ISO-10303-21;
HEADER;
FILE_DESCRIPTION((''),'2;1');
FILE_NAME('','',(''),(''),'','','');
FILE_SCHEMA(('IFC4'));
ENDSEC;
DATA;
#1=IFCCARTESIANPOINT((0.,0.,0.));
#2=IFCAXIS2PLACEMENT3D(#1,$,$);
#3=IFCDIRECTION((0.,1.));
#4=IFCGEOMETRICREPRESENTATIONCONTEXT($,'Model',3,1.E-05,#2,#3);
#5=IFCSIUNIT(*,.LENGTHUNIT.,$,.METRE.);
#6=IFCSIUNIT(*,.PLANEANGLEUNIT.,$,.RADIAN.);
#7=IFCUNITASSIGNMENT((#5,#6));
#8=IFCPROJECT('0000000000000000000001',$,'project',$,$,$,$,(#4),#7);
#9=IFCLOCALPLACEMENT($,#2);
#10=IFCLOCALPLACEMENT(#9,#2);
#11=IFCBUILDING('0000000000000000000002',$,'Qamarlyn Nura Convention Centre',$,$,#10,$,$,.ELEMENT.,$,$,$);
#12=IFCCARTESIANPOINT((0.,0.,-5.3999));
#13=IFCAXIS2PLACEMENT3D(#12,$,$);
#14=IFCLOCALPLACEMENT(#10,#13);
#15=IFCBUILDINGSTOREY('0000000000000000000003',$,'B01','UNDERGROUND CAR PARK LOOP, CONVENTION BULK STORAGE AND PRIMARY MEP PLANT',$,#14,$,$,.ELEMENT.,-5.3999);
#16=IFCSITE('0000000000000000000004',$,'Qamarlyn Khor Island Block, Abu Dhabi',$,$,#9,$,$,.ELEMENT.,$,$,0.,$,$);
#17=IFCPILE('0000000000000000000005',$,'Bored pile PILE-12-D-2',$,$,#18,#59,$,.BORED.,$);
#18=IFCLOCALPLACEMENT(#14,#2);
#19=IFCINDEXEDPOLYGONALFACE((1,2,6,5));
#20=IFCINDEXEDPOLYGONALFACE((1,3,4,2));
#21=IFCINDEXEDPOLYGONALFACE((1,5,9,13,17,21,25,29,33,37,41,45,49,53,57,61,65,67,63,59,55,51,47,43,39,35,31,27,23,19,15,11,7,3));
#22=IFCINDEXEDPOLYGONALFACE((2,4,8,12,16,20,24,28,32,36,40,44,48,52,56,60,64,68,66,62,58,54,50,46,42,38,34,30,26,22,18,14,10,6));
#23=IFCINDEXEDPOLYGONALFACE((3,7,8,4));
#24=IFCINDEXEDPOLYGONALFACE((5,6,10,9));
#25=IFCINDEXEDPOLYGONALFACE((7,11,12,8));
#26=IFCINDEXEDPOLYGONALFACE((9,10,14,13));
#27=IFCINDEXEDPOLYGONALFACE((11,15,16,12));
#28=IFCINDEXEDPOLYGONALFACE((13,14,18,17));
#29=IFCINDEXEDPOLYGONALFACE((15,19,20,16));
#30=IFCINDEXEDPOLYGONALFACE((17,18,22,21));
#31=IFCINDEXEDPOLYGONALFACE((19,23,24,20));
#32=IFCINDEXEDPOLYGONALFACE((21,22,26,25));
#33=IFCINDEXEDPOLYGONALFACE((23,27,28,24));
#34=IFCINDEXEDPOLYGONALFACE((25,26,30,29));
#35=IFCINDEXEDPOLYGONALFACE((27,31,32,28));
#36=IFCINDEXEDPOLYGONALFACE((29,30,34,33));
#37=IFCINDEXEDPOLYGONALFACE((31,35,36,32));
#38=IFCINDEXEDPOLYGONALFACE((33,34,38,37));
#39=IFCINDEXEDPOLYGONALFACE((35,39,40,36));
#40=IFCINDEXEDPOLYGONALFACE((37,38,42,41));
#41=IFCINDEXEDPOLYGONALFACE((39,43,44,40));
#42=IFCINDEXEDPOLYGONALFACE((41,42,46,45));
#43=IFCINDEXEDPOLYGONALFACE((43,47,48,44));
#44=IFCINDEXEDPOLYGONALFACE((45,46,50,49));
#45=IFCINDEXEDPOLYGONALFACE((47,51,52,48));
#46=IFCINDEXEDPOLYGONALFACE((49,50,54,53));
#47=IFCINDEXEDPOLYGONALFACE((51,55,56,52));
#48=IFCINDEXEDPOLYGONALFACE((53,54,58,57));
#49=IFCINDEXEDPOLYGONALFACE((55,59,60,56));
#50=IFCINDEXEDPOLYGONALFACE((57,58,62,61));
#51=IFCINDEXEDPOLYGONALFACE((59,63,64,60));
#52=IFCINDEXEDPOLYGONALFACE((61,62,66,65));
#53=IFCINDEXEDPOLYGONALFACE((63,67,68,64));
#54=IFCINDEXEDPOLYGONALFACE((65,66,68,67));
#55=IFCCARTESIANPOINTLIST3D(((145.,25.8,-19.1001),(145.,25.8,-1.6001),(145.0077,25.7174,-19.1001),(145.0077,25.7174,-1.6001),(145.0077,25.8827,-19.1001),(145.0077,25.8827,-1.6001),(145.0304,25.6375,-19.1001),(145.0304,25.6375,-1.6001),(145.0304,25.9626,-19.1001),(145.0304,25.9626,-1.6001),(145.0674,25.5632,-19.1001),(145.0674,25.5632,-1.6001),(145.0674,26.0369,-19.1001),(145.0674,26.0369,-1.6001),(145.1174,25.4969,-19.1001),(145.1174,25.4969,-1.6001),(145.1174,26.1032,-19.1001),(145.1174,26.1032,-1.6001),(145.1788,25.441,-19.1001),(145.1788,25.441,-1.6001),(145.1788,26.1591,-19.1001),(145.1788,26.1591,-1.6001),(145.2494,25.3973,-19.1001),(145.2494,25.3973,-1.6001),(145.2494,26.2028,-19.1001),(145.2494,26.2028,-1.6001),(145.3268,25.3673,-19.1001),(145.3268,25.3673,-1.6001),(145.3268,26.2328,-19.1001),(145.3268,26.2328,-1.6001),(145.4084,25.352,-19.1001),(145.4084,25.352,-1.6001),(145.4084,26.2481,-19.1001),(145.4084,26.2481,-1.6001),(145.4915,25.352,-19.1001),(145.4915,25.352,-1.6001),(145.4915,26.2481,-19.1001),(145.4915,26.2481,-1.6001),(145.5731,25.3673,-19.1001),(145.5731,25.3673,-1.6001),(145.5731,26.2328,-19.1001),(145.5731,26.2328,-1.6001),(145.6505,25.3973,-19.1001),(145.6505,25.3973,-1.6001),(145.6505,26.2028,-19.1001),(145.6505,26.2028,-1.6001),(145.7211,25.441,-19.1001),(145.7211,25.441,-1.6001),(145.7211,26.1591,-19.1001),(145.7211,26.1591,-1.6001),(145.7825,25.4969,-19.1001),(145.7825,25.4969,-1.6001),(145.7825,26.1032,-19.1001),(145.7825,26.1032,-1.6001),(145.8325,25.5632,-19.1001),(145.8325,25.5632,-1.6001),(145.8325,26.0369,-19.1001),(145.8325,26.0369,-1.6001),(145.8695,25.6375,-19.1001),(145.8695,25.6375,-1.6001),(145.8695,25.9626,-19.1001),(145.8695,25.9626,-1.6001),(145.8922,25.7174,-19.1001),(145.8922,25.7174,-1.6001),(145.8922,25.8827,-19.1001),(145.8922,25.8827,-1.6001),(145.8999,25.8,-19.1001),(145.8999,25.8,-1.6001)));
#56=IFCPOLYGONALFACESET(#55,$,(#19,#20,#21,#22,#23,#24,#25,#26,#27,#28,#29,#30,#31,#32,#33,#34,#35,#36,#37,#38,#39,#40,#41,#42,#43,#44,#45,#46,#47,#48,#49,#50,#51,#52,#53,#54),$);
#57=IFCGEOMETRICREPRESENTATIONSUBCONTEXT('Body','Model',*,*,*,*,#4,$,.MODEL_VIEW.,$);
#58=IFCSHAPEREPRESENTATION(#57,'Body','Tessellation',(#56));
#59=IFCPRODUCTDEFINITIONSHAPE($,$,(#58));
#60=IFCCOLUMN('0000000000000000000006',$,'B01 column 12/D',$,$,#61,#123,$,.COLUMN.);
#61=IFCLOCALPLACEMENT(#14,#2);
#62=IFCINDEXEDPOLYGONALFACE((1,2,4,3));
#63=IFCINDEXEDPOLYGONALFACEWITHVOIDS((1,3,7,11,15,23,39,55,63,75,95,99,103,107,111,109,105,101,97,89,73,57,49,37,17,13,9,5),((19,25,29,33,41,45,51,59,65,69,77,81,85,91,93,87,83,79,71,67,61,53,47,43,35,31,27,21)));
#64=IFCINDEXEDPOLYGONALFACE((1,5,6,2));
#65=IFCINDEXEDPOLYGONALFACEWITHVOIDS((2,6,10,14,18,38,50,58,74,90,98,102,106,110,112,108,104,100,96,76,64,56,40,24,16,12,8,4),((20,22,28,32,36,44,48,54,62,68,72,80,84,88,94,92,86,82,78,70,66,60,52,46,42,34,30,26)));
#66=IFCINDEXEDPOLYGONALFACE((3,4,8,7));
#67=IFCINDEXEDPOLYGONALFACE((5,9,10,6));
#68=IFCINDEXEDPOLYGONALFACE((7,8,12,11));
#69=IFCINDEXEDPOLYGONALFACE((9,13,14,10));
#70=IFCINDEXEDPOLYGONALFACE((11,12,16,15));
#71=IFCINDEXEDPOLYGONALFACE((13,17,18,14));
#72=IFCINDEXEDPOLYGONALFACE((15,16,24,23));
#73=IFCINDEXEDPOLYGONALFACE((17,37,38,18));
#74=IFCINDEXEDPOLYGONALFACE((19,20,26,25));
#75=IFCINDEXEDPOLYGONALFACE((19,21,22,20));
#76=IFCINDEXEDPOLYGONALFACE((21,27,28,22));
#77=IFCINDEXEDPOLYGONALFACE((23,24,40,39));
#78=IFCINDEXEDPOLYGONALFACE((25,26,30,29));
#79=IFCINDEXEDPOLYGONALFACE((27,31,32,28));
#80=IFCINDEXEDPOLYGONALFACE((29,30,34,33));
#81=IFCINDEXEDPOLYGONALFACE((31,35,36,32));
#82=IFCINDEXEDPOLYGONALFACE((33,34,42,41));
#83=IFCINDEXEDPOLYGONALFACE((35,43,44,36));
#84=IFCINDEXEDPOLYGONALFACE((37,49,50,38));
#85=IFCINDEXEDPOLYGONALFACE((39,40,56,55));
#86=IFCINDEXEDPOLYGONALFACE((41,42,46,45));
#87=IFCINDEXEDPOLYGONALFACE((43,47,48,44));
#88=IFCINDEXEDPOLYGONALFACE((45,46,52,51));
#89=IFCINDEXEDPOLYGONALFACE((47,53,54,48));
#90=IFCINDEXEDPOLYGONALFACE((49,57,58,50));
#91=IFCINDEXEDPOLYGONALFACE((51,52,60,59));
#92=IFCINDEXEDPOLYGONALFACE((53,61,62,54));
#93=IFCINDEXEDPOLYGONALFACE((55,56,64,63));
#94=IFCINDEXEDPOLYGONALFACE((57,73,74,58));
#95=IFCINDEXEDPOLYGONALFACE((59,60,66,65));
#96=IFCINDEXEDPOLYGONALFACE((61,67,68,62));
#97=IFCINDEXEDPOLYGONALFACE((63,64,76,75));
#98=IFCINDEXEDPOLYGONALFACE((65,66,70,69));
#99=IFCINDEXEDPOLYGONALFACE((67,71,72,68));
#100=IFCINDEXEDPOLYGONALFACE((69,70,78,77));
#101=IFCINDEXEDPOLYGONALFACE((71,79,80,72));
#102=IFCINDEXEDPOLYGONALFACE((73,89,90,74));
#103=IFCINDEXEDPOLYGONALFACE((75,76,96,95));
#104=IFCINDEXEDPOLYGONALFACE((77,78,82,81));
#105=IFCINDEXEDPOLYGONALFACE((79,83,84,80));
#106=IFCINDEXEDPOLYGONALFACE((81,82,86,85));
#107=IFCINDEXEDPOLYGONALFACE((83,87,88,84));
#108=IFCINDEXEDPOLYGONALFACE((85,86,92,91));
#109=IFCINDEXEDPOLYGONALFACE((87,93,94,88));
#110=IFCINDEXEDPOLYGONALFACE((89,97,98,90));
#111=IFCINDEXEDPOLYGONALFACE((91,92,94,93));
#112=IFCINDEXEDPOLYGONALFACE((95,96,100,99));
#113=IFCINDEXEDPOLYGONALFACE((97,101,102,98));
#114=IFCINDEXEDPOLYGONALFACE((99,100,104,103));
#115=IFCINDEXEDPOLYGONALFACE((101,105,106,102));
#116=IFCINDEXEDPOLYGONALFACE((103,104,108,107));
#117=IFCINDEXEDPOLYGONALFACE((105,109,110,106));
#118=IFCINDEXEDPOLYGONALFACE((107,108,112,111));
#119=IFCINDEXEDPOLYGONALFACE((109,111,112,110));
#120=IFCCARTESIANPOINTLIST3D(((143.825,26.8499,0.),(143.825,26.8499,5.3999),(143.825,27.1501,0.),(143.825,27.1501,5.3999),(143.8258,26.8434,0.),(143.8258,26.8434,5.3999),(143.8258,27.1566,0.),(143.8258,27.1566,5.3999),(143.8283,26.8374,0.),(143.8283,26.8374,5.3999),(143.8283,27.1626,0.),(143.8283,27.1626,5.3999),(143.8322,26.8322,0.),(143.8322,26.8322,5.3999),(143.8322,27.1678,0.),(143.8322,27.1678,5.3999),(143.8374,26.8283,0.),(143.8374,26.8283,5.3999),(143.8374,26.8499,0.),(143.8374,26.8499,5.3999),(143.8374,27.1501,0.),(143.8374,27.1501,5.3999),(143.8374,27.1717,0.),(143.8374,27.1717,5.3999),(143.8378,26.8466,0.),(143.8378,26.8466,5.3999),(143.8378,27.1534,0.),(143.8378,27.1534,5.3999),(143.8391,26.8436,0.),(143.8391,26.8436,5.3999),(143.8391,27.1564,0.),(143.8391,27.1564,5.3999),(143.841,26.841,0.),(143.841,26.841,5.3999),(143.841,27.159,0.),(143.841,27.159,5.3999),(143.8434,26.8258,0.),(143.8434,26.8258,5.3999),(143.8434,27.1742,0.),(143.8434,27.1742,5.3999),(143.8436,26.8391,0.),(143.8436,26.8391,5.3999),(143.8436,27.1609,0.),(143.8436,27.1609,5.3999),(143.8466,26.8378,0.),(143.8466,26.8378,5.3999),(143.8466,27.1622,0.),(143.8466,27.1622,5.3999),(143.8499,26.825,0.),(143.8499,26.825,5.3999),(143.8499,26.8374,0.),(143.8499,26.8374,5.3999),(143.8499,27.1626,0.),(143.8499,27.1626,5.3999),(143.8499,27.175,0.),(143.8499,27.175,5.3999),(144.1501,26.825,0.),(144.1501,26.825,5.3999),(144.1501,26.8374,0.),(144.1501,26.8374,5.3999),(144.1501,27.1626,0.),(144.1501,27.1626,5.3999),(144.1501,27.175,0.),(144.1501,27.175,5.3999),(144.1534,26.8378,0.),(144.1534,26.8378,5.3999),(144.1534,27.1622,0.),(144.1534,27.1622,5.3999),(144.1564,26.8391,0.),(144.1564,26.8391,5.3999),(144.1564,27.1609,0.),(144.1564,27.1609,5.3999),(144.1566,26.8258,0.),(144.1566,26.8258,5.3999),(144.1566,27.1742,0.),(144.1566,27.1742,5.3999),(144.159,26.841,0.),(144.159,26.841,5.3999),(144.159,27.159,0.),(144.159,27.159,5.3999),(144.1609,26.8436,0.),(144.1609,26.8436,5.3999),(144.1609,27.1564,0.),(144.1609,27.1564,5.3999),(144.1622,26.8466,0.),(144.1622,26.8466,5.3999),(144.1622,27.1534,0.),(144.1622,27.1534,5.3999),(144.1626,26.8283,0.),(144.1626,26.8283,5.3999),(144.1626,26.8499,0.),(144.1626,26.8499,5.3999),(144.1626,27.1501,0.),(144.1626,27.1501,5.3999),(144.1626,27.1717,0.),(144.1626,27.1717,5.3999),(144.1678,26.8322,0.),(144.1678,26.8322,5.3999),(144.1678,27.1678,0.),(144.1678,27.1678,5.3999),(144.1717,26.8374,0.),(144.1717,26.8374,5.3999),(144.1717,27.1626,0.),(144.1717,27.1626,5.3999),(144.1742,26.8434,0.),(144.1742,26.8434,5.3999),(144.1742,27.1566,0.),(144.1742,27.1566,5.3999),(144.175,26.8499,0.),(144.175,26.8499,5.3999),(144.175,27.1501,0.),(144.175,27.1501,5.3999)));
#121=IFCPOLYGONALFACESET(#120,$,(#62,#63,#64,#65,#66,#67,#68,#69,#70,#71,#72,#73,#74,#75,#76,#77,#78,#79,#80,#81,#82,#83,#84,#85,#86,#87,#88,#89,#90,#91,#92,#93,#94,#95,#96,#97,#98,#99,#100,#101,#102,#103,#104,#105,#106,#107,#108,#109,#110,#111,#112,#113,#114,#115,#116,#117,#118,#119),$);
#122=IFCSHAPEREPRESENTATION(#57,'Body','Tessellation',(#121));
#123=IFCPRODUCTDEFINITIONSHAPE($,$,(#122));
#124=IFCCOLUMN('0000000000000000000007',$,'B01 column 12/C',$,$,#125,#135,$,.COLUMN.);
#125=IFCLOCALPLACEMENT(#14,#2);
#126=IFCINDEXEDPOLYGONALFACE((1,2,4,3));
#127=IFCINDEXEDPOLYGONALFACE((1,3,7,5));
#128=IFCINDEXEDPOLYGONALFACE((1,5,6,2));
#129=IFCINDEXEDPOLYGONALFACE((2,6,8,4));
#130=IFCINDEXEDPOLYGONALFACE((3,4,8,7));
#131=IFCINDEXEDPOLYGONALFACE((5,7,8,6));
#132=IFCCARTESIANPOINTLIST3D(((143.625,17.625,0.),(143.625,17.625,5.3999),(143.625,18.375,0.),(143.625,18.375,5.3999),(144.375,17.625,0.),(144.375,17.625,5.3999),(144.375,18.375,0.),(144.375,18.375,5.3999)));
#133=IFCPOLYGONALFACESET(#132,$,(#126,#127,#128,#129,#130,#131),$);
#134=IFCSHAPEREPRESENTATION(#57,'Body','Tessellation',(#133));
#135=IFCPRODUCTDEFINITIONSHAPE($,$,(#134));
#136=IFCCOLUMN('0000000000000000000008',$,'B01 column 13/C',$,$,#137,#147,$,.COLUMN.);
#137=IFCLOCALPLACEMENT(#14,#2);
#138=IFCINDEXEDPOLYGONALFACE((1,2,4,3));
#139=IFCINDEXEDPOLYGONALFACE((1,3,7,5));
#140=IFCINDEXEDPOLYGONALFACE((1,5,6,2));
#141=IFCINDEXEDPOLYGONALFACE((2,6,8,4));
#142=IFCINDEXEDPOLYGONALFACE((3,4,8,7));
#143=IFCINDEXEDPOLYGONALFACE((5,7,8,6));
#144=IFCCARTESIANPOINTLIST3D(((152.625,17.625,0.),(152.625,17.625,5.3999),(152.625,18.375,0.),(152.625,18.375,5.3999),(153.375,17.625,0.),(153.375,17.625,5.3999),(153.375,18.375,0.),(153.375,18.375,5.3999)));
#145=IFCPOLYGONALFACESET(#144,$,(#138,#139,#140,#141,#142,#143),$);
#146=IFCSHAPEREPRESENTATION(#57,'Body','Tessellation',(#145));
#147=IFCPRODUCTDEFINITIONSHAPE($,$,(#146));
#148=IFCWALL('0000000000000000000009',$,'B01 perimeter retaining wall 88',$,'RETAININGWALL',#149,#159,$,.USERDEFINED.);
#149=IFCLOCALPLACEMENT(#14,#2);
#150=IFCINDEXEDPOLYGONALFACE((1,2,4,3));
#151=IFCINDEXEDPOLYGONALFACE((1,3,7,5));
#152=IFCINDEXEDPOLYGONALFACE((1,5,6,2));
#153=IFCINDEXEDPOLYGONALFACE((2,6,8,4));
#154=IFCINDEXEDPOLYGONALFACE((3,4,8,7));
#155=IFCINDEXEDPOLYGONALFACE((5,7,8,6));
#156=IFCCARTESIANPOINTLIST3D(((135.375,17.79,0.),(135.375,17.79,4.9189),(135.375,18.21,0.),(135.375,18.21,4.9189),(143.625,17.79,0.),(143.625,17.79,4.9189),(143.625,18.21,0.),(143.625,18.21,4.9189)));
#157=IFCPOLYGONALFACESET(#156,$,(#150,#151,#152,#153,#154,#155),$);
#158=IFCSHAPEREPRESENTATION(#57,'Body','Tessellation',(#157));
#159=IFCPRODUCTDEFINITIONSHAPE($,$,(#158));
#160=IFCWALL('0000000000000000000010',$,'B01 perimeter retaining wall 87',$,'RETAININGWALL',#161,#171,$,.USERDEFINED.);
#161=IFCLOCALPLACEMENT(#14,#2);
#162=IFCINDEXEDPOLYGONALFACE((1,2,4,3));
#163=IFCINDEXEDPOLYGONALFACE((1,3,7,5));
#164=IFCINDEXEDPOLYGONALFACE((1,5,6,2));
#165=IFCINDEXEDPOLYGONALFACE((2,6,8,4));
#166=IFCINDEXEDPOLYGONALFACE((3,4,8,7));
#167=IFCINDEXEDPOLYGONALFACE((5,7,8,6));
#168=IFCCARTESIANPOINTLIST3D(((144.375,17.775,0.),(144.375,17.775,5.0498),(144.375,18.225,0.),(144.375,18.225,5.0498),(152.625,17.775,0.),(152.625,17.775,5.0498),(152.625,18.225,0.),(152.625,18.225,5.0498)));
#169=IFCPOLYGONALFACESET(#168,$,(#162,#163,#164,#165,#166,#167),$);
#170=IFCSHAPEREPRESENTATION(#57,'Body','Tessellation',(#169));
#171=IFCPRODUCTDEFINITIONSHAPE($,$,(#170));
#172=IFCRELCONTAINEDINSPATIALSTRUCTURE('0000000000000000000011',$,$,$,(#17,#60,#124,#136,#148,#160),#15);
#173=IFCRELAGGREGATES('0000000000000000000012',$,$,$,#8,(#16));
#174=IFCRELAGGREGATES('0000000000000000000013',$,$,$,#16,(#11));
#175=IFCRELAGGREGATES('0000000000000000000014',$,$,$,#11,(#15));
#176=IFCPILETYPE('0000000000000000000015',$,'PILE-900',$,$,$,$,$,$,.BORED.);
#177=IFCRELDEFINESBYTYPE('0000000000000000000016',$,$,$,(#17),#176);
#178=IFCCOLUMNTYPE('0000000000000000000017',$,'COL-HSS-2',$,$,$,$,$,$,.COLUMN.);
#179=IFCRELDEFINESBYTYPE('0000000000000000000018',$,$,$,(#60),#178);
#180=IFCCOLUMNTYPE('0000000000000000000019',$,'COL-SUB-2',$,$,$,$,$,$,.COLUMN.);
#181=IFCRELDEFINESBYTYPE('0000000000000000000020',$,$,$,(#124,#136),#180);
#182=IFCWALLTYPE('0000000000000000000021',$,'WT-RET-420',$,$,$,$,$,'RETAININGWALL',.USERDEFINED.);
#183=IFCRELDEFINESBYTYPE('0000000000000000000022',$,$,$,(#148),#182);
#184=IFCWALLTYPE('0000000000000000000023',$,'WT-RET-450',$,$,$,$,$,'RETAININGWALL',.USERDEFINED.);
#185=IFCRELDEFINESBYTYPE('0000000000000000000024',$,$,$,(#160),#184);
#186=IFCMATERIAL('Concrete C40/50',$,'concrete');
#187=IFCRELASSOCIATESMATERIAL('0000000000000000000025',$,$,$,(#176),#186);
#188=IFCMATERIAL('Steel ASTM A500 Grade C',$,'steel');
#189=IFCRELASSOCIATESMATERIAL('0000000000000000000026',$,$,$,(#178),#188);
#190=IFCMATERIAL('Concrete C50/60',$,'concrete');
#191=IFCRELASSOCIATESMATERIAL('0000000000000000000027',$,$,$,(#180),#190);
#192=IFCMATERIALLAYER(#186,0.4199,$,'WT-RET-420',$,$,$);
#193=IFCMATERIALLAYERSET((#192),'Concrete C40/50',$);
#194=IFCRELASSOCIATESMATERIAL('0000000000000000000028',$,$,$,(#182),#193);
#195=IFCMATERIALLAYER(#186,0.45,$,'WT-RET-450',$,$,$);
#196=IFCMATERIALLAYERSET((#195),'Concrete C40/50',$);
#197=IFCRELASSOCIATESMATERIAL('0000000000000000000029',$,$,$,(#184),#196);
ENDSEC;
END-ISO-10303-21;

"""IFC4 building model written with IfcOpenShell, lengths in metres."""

from ifc_helpers import new_model, si_unit, direction, frame, frame_2d, origin, origin_2d, place, context, subcontext, project, spatial, rectangle, hollow_rectangle, circle, extrude, material, layer, layer_set, material_profile, profile_set, type_object, element, save


model = new_model("IFC4")

# Units and contexts
model_context = context("Model", 3, precision=1e-05, world=origin(), true_north=direction((0.0, 1.0)))
body_context = subcontext(model_context, "Body", "Model", "MODEL_VIEW")
ifc_project = project(units=[si_unit("LENGTHUNIT", "METRE"), si_unit("PLANEANGLEUNIT", "RADIAN")], contexts=[model_context])

# Site, building, storey
site_placement = place(None, origin())
site = spatial("IfcSite", under=ifc_project, at=site_placement, Name="Qamarlyn Khor Island Block, Abu Dhabi", CompositionType="ELEMENT", RefElevation=0.0)
building_placement = place(site_placement, origin())
building = spatial("IfcBuilding", under=site, at=building_placement, Name="Qamarlyn Nura Convention Centre", CompositionType="ELEMENT")
storey_placement = place(building_placement, frame((0.0, 0.0, -5.3999)))
storey = spatial("IfcBuildingStorey", under=building, at=storey_placement, Name="B01", Description="UNDERGROUND CAR PARK LOOP, CONVENTION BULK STORAGE AND PRIMARY MEP PLANT", CompositionType="ELEMENT", Elevation=-5.3999)

# Shared definitions
ifc_material_1 = material(Name="Concrete C40/50", Category="concrete")

# Pile
ifc_material_profile_1 = material_profile(ifc_material_1, circle(Radius=0.45, at=origin_2d()), Name="BORED PILE 900")
ifc_profile_set_1 = profile_set([ifc_material_profile_1], Name="Concrete C40/50")
pile_type_1 = type_object("IfcPileType", Name="PILE-900", PredefinedType="BORED", material=ifc_profile_set_1)
for number, where, z_axis, x_axis, name in (
    (1, (145.45, 25.8, -1.6001), (0.0, 0.0, -1.0), (1.0, 0.0, 0.0), "Bored pile PILE-12-D-2"),
):
    element("IfcPile", number, at=place(storey_placement, frame(where, z_axis=z_axis, x_axis=x_axis)), inside=storey, type_object=pile_type_1, Name=name, PredefinedType="BORED", context=body_context, shape_type="SweptSolid", body=[
        extrude(circle(Radius=0.45, at=origin_2d()), origin(), (0.0, 0.0, 1.0), 17.5),
    ])

# Columns
ifc_material_2 = material(Name="Steel ASTM A500 Grade C", Category="steel")
ifc_material_profile_2 = material_profile(ifc_material_2, hollow_rectangle(XDim=0.3501, YDim=0.3501, WallThickness=0.0125, InnerFilletRadius=0.0125, OuterFilletRadius=0.0249, at=origin_2d()), Name="HSS350X350X12.5")
ifc_profile_set_2 = profile_set([ifc_material_profile_2], Name="Steel ASTM A500 Grade C")
column_type_1 = type_object("IfcColumnType", Name="COL-HSS-2", PredefinedType="COLUMN", material=ifc_profile_set_2)
column_placement = place(storey_placement, frame((144.0, 27.0, 0.0), z_axis=(0.0, 0.0, 1.0), x_axis=(1.0, 0.0, 0.0)))
element("IfcColumn", 2, at=column_placement, inside=storey, type_object=column_type_1, Name="B01 column 12/D", PredefinedType="COLUMN", context=body_context, shape_type="SweptSolid", body=[
    extrude(hollow_rectangle(XDim=0.3501, YDim=0.3501, WallThickness=0.0125, InnerFilletRadius=0.0125, OuterFilletRadius=0.0249, at=origin_2d()), origin(), (0.0, 0.0, 1.0), 5.3999),
])
ifc_material_3 = material(Name="Concrete C50/60", Category="concrete")
ifc_material_profile_3 = material_profile(ifc_material_3, rectangle(XDim=0.75, YDim=0.75, at=origin_2d()), Name="RC 750x750")
ifc_profile_set_3 = profile_set([ifc_material_profile_3], Name="Concrete C50/60")
column_type_2 = type_object("IfcColumnType", Name="COL-SUB-2", PredefinedType="COLUMN", material=ifc_profile_set_3)
for number, where, z_axis, x_axis, name in (
    (3, (144.0, 18.0, 0.0), (0.0, 0.0, 1.0), (1.0, 0.0, 0.0), "B01 column 12/C"),
    (4, (153.0, 18.0, 0.0), (0.0, 0.0, 1.0), (1.0, 0.0, 0.0), "B01 column 13/C"),
):
    element("IfcColumn", number, at=place(storey_placement, frame(where, z_axis=z_axis, x_axis=x_axis)), inside=storey, type_object=column_type_2, Name=name, PredefinedType="COLUMN", context=body_context, shape_type="SweptSolid", body=[
        extrude(rectangle(XDim=0.75, YDim=0.75, at=origin_2d()), origin(), (0.0, 0.0, 1.0), 5.3999),
    ])

# Walls
ifc_layer_1 = layer(ifc_material_1, 0.4199, Name="WT-RET-420")
ifc_layer_set_1 = layer_set([ifc_layer_1], Name="Concrete C40/50")
wall_type_1 = type_object("IfcWallType", Name="WT-RET-420", ElementType="RETAININGWALL", PredefinedType="USERDEFINED", material=ifc_layer_set_1)
wall_1_placement = place(storey_placement, frame((143.625, 18.0, 0.0), z_axis=(0.0, 0.0, 1.0), x_axis=(-1.0, 0.0, 0.0)))
element("IfcWall", 5, at=wall_1_placement, inside=storey, type_object=wall_type_1, Name="B01 perimeter retaining wall 88", ObjectType="RETAININGWALL", PredefinedType="USERDEFINED", context=body_context, shape_type="SweptSolid", body=[
    extrude(rectangle(XDim=8.25, YDim=0.4199, at=frame_2d((4.125, 0.0))), origin(), (0.0, 0.0, 1.0), 4.9189),
])
ifc_layer_2 = layer(ifc_material_1, 0.45, Name="WT-RET-450")
ifc_layer_set_2 = layer_set([ifc_layer_2], Name="Concrete C40/50")
wall_type_2 = type_object("IfcWallType", Name="WT-RET-450", ElementType="RETAININGWALL", PredefinedType="USERDEFINED", material=ifc_layer_set_2)
wall_2_placement = place(storey_placement, frame((152.625, 18.0, 0.0), z_axis=(0.0, 0.0, 1.0), x_axis=(-1.0, 0.0, 0.0)))
element("IfcWall", 6, at=wall_2_placement, inside=storey, type_object=wall_type_2, Name="B01 perimeter retaining wall 87", ObjectType="RETAININGWALL", PredefinedType="USERDEFINED", context=body_context, shape_type="SweptSolid", body=[
    extrude(rectangle(XDim=8.25, YDim=0.45, at=frame_2d((4.125, 0.0))), origin(), (0.0, 0.0, 1.0), 5.0498),
])

save(model, "model.ifc")
